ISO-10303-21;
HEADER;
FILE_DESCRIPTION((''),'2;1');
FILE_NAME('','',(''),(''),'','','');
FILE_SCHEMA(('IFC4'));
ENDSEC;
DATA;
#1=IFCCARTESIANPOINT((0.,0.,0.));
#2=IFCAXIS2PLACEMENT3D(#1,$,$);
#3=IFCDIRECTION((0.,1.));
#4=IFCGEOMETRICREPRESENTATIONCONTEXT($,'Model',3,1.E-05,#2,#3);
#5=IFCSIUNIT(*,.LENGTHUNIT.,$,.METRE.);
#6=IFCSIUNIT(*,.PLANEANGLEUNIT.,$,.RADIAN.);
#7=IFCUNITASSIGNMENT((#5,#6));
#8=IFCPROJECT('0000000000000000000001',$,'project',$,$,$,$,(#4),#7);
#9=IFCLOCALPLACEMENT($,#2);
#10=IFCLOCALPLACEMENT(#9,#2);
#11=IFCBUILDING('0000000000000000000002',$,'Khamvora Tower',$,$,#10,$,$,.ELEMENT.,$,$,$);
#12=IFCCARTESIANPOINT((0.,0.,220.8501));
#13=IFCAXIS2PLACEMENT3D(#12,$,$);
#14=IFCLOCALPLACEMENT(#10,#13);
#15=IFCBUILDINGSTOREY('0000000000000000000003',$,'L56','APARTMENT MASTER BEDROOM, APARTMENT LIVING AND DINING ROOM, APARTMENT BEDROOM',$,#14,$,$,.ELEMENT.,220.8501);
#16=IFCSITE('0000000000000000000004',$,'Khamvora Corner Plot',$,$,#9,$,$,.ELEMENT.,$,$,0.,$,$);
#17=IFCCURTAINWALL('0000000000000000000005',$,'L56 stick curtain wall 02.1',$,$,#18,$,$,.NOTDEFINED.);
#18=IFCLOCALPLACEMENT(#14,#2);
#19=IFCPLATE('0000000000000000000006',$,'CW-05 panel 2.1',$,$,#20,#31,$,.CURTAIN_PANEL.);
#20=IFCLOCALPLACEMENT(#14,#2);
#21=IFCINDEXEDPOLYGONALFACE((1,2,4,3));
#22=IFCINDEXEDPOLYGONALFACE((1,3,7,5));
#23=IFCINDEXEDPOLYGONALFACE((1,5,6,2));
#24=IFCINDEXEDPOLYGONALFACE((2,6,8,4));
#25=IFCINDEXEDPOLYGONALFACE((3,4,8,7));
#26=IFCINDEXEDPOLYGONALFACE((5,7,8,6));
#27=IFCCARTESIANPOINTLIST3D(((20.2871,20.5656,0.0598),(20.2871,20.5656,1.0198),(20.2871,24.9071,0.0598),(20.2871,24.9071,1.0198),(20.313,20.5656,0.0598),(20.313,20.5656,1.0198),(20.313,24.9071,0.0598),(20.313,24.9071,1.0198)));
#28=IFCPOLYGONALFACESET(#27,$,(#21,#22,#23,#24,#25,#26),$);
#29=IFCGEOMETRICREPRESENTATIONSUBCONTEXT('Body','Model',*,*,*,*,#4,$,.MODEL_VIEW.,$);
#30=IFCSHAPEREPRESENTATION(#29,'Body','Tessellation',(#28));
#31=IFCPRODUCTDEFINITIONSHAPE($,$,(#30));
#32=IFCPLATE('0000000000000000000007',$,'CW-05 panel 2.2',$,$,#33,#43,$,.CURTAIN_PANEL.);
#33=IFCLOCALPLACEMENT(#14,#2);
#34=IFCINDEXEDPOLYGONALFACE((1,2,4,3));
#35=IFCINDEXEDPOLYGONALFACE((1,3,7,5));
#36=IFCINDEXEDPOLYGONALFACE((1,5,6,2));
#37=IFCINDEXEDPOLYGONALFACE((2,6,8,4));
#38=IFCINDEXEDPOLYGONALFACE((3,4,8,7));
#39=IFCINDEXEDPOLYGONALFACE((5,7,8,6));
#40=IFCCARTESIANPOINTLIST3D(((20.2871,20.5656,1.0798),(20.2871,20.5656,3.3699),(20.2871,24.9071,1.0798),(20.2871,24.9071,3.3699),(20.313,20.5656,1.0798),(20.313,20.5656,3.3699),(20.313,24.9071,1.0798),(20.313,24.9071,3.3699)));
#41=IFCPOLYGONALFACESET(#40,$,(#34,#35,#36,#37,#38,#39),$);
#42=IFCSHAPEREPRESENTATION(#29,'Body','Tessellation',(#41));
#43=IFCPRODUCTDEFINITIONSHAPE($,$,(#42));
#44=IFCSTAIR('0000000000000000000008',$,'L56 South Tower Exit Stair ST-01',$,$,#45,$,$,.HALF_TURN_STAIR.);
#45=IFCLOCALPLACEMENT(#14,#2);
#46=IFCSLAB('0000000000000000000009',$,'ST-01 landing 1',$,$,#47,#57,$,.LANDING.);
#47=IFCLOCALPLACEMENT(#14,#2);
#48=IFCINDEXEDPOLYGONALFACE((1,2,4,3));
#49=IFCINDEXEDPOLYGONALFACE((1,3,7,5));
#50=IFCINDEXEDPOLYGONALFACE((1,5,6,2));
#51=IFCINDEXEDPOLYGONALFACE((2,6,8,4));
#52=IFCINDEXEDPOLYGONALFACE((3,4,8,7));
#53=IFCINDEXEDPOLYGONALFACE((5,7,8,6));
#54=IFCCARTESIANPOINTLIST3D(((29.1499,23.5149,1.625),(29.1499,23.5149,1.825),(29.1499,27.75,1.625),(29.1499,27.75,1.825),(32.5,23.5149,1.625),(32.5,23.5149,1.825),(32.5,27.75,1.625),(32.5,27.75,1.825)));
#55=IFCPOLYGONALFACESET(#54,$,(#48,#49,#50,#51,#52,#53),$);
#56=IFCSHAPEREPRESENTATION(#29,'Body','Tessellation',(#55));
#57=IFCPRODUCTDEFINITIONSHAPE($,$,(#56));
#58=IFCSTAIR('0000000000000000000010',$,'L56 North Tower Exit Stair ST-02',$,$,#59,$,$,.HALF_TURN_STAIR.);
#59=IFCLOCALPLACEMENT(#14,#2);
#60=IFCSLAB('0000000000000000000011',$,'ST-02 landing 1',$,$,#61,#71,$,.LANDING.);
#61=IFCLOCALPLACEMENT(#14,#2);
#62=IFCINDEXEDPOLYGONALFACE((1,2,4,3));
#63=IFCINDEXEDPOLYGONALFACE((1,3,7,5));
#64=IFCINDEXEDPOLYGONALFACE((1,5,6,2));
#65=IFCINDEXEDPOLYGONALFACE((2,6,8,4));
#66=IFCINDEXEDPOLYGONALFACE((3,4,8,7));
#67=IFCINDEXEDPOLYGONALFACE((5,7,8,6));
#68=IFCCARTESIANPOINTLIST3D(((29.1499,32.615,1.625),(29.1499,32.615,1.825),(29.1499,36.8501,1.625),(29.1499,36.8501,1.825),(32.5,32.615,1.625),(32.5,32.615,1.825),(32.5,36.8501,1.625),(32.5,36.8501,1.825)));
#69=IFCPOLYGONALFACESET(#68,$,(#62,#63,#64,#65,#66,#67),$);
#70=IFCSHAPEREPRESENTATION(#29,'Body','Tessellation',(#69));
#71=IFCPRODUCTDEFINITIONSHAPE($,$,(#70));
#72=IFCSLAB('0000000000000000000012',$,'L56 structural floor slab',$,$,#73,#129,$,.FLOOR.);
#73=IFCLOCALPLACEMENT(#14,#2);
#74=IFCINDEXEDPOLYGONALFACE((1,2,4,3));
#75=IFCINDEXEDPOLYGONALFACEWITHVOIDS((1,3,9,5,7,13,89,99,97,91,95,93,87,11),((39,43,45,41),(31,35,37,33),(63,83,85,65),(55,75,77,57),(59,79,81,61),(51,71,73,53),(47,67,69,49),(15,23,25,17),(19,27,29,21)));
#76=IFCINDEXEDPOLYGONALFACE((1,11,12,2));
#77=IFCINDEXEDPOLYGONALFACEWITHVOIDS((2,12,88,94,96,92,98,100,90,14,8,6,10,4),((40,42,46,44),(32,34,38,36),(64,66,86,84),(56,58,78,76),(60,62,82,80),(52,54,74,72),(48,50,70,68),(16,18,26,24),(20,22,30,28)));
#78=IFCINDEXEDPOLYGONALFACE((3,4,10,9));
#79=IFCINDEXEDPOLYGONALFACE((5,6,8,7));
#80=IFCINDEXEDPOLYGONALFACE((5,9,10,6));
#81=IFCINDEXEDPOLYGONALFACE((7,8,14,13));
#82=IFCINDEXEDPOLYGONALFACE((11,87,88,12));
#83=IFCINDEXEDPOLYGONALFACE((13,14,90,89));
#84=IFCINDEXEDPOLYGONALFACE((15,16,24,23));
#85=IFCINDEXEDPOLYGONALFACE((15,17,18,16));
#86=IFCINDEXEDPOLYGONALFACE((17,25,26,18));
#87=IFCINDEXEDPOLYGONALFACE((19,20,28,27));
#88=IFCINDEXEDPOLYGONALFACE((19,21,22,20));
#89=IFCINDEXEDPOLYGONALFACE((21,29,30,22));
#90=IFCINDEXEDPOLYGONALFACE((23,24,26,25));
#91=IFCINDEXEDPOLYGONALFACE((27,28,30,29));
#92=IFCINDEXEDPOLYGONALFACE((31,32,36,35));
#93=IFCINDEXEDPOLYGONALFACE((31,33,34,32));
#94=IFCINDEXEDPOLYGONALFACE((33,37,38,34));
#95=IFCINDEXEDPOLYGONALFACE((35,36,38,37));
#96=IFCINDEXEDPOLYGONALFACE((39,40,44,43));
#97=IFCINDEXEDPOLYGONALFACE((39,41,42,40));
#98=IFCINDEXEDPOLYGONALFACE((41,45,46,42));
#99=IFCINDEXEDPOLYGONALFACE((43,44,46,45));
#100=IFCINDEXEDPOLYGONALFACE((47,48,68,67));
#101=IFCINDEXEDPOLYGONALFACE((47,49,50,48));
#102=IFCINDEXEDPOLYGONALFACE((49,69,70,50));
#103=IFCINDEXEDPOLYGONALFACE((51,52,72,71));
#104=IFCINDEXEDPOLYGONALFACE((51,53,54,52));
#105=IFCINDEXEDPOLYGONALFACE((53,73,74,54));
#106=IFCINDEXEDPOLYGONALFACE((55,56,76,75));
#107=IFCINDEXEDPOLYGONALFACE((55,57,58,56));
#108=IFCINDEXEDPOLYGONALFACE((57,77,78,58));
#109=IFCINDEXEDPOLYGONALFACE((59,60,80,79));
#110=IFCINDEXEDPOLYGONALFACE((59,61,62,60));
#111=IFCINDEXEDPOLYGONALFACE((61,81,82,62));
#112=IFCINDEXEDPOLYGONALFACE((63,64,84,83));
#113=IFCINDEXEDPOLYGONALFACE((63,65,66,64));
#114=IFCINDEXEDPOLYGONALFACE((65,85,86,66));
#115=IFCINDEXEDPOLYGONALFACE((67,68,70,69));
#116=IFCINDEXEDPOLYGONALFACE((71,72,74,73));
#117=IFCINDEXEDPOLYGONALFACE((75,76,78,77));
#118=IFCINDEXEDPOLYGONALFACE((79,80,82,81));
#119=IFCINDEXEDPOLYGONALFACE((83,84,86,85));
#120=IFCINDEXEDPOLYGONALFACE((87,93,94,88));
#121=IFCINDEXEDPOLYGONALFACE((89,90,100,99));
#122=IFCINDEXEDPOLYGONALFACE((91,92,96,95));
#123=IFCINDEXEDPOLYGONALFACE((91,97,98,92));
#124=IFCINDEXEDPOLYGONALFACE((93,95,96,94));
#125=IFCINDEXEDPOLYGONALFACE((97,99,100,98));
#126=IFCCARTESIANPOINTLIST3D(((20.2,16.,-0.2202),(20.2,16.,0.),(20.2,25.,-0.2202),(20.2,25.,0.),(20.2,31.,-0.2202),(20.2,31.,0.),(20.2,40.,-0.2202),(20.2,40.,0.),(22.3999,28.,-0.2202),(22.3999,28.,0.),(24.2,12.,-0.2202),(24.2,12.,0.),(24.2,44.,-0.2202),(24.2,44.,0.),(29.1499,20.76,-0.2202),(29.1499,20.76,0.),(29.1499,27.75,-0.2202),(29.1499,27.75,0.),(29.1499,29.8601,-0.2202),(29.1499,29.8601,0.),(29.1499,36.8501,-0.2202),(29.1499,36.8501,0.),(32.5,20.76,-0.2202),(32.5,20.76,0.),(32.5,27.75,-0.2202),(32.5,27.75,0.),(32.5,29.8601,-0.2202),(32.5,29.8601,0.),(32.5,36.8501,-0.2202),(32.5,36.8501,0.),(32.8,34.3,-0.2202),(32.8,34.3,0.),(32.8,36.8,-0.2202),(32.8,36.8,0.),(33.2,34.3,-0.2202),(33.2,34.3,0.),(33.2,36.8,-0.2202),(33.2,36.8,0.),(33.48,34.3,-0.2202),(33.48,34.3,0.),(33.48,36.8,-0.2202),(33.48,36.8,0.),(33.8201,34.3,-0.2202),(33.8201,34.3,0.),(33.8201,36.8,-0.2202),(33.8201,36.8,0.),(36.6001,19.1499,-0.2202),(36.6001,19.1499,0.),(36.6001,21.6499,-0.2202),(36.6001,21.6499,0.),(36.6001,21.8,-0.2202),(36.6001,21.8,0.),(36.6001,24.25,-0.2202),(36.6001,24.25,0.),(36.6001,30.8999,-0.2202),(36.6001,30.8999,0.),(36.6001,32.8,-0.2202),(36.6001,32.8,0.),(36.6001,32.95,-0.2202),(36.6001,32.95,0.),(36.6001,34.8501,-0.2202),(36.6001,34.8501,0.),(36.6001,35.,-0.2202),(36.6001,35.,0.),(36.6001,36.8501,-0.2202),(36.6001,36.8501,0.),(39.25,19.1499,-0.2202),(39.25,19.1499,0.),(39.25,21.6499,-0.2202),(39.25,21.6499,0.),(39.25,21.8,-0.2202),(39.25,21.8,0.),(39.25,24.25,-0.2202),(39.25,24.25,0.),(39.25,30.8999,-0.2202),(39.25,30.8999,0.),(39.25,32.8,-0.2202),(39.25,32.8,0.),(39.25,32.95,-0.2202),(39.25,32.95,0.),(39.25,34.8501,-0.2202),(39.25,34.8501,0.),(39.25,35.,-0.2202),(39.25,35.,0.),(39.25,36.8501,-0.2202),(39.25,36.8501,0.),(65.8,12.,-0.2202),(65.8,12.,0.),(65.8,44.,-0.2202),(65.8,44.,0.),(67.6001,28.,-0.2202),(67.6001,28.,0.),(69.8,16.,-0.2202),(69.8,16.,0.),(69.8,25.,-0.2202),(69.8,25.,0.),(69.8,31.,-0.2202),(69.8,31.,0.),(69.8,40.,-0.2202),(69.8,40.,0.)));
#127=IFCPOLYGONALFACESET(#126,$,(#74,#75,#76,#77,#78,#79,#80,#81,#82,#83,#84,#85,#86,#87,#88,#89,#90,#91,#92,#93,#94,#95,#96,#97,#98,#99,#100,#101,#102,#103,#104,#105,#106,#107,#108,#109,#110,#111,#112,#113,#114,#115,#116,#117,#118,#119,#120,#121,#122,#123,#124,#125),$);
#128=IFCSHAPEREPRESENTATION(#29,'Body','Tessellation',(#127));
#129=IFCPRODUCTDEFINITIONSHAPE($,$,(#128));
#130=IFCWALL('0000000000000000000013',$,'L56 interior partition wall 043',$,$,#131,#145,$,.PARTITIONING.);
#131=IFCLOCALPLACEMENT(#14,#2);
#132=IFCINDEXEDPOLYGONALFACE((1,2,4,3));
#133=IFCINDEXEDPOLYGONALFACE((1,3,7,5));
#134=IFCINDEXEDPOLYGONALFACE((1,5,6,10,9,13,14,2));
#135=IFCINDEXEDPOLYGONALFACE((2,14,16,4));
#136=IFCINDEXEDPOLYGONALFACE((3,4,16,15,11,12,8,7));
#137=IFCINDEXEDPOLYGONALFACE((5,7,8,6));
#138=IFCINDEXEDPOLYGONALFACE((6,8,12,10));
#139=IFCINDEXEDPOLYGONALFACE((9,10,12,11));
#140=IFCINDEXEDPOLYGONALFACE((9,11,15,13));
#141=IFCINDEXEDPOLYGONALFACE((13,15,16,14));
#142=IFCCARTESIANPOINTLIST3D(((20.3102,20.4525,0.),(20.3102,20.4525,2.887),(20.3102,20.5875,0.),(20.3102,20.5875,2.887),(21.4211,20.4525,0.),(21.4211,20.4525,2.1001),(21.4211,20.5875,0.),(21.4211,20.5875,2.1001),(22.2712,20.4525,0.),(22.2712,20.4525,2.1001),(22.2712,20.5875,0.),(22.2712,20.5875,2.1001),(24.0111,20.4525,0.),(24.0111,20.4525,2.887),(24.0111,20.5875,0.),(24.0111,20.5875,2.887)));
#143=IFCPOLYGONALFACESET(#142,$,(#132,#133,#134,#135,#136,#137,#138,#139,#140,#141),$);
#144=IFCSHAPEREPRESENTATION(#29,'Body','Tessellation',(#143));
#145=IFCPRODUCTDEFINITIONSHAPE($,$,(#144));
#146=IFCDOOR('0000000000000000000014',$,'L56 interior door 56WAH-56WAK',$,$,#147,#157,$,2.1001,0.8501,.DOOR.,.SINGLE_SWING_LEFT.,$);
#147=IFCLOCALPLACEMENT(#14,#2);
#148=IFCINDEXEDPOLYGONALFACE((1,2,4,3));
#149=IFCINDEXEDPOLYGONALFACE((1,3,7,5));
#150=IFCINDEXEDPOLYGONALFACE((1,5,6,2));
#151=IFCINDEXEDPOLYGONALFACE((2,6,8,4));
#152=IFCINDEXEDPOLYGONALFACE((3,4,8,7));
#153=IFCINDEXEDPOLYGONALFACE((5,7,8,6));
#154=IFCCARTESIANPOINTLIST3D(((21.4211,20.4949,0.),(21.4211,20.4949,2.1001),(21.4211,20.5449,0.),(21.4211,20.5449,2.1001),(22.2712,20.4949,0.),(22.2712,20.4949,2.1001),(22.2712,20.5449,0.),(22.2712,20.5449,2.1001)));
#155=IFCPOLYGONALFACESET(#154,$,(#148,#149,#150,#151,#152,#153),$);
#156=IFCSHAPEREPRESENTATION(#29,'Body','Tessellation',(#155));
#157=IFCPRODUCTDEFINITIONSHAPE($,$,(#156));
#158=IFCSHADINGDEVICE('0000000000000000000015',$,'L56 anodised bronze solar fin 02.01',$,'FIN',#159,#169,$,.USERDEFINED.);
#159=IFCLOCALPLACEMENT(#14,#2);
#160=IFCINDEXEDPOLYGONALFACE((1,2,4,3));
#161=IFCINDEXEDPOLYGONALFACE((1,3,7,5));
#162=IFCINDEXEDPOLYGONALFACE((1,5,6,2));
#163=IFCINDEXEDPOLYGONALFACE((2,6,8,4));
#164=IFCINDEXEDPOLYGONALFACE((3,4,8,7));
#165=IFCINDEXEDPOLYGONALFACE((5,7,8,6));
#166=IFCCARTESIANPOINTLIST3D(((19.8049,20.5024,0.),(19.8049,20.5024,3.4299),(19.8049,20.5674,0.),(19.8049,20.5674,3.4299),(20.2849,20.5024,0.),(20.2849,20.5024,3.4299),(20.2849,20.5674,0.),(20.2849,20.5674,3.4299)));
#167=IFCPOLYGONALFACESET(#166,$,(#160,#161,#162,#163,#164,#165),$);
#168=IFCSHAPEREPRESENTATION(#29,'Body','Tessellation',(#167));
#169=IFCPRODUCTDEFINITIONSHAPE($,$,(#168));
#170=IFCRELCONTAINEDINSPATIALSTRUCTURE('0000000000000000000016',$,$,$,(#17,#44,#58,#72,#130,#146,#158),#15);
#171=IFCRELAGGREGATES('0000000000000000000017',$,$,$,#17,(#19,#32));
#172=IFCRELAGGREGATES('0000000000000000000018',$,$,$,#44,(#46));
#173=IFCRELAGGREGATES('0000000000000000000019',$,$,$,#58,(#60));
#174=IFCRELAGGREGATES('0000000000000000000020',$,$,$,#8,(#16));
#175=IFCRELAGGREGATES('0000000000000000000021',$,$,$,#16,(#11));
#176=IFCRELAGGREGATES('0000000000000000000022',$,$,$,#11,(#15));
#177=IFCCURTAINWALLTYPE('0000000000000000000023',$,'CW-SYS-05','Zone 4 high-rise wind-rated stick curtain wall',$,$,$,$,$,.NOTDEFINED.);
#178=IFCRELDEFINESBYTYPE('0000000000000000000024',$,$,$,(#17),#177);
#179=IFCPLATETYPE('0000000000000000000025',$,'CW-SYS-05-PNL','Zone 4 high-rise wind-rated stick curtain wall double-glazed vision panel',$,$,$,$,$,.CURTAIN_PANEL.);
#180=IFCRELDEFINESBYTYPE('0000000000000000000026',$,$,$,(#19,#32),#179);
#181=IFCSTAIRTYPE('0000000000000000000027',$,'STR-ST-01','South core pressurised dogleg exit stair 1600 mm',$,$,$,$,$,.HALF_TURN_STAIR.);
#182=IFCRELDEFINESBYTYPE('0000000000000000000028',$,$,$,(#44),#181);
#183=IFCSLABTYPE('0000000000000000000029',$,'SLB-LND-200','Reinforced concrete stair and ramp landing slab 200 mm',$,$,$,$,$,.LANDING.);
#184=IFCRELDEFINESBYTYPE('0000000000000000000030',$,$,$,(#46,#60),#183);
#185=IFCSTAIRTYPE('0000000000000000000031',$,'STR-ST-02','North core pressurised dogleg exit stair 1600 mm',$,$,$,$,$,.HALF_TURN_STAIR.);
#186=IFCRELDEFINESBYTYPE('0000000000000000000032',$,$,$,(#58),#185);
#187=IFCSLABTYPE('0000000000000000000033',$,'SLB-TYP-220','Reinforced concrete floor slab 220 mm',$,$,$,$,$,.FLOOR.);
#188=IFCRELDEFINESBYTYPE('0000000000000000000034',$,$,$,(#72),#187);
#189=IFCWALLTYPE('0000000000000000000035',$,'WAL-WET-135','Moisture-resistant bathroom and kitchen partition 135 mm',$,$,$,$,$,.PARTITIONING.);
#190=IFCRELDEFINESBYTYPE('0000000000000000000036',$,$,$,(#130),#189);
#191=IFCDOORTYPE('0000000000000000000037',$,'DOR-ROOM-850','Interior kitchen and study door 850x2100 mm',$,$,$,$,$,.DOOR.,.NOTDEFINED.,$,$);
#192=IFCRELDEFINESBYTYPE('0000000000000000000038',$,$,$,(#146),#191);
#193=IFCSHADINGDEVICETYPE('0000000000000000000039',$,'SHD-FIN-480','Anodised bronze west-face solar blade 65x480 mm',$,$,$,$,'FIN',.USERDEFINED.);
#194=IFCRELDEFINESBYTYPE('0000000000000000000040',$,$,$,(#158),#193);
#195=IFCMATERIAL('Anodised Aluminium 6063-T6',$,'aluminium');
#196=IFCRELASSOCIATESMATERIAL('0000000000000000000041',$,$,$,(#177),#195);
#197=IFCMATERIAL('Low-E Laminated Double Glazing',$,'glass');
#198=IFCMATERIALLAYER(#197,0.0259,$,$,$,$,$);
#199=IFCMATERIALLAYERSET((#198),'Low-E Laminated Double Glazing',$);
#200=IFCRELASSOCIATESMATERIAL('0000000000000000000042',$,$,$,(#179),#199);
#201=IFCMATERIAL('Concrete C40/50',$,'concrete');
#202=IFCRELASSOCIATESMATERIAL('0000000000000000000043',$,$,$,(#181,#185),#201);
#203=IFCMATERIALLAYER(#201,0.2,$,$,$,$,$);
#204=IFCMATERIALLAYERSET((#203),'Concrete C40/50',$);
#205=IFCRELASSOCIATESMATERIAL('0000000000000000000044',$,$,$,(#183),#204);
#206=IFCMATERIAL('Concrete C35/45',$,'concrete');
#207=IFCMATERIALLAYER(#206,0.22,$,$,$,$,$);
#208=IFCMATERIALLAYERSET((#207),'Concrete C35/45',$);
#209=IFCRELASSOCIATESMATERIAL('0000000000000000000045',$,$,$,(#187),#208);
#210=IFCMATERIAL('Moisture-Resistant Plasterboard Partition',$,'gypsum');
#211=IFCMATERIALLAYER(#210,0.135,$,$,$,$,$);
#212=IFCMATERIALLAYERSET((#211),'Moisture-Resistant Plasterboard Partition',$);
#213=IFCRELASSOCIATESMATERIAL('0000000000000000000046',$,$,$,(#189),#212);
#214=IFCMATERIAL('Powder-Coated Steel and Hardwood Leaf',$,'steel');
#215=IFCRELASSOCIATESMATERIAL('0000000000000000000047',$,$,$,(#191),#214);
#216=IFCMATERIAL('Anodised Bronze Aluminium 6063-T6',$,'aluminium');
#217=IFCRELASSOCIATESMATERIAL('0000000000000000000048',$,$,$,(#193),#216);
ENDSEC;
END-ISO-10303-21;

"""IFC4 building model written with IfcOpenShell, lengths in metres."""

from ifc_helpers import new_model, si_unit, direction, frame, frame_2d, origin, origin_2d, place, context, subcontext, project, spatial, polyline, rectangle, outline, extrude, material, layer, layer_set, type_object, element, fill, aggregate, save


model = new_model("IFC4")

# Units and contexts
model_context = context("Model", 3, precision=1e-05, world=origin(), true_north=direction((0.0, 1.0)))
body_context = subcontext(model_context, "Body", "Model", "MODEL_VIEW")
ifc_project = project(units=[si_unit("LENGTHUNIT", "METRE"), si_unit("PLANEANGLEUNIT", "RADIAN")], contexts=[model_context])

# Site, building, storey
site_placement = place(None, origin())
site = spatial("IfcSite", under=ifc_project, at=site_placement, Name="Khamvora Corner Plot", CompositionType="ELEMENT", RefElevation=0.0)
building_placement = place(site_placement, origin())
building = spatial("IfcBuilding", under=site, at=building_placement, Name="Khamvora Tower", CompositionType="ELEMENT")
storey_placement = place(building_placement, frame((0.0, 0.0, 220.8501)))
storey = spatial("IfcBuildingStorey", under=building, at=storey_placement, Name="L56", Description="APARTMENT MASTER BEDROOM, APARTMENT LIVING AND DINING ROOM, APARTMENT BEDROOM", CompositionType="ELEMENT", Elevation=220.8501)

# Curtain wall, plates
ifc_material_1 = material(Name="Anodised Aluminium 6063-T6", Category="aluminium")
curtain_wall_type = type_object("IfcCurtainWallType", Name="CW-SYS-05", Description="Zone 4 high-rise wind-rated stick curtain wall", PredefinedType="NOTDEFINED", material=ifc_material_1)
curtain_wall_placement = place(storey_placement, origin())
curtain_wall = element("IfcCurtainWall", 1, at=curtain_wall_placement, inside=storey, type_object=curtain_wall_type, Name="L56 stick curtain wall 02.1", PredefinedType="NOTDEFINED")
ifc_material_2 = material(Name="Low-E Laminated Double Glazing", Category="glass")
ifc_layer_1 = layer(ifc_material_2, 0.0259)
ifc_layer_set_1 = layer_set([ifc_layer_1], Name="Low-E Laminated Double Glazing")
plate_type = type_object("IfcPlateType", Name="CW-SYS-05-PNL", Description="Zone 4 high-rise wind-rated stick curtain wall double-glazed vision panel", PredefinedType="CURTAIN_PANEL", material=ifc_layer_set_1)
plate_1_placement = place(storey_placement, frame((20.3, 22.7363, 0.0598), z_axis=(0.0, 0.0, 1.0), x_axis=(0.0, 1.0, 0.0)))
plate_1 = element("IfcPlate", 2, at=plate_1_placement, type_object=plate_type, Name="CW-05 panel 2.1", PredefinedType="CURTAIN_PANEL", context=body_context, shape_type="SweptSolid", body=[
    extrude(rectangle(XDim=4.3416, YDim=0.0259, at=origin_2d()), origin(), (0.0, 0.0, 1.0), 0.96),
])
plate_2_placement = place(storey_placement, frame((20.3, 22.7363, 1.0798), z_axis=(0.0, 0.0, 1.0), x_axis=(0.0, 1.0, 0.0)))
plate_2 = element("IfcPlate", 3, at=plate_2_placement, type_object=plate_type, Name="CW-05 panel 2.2", PredefinedType="CURTAIN_PANEL", context=body_context, shape_type="SweptSolid", body=[
    extrude(rectangle(XDim=4.3416, YDim=0.0259, at=origin_2d()), origin(), (0.0, 0.0, 1.0), 2.29),
])
aggregate(curtain_wall, [plate_1, plate_2])

# Stairs, slabs
ifc_material_3 = material(Name="Concrete C40/50", Category="concrete")
stair_type_1 = type_object("IfcStairType", Name="STR-ST-01", Description="South core pressurised dogleg exit stair 1600 mm", PredefinedType="HALF_TURN_STAIR", material=ifc_material_3)
stair_1_placement = place(storey_placement, origin())
stair_1 = element("IfcStair", 4, at=stair_1_placement, inside=storey, type_object=stair_type_1, Name="L56 South Tower Exit Stair ST-01", PredefinedType="HALF_TURN_STAIR")
ifc_layer_2 = layer(ifc_material_3, 0.2)
ifc_layer_set_2 = layer_set([ifc_layer_2], Name="Concrete C40/50")
slab_type_1 = type_object("IfcSlabType", Name="SLB-LND-200", Description="Reinforced concrete stair and ramp landing slab 200 mm", PredefinedType="LANDING", material=ifc_layer_set_2)
slab_1_placement = place(storey_placement, frame((0.0, 0.0, 1.625)))
slab_1 = element("IfcSlab", 5, at=slab_1_placement, type_object=slab_type_1, Name="ST-01 landing 1", PredefinedType="LANDING", context=body_context, shape_type="SweptSolid", body=[
    extrude(outline(polyline([(32.5, 23.5149), (32.5, 27.75), (29.1499, 27.75), (29.1499, 23.5149), (32.5, 23.5149)])), origin(), (0.0, 0.0, 1.0), 0.2),
])
aggregate(stair_1, [slab_1])
stair_type_2 = type_object("IfcStairType", Name="STR-ST-02", Description="North core pressurised dogleg exit stair 1600 mm", PredefinedType="HALF_TURN_STAIR", material=ifc_material_3)
stair_2_placement = place(storey_placement, origin())
stair_2 = element("IfcStair", 6, at=stair_2_placement, inside=storey, type_object=stair_type_2, Name="L56 North Tower Exit Stair ST-02", PredefinedType="HALF_TURN_STAIR")
slab_2_placement = place(storey_placement, frame((0.0, 0.0, 1.625)))
slab_2 = element("IfcSlab", 7, at=slab_2_placement, type_object=slab_type_1, Name="ST-02 landing 1", PredefinedType="LANDING", context=body_context, shape_type="SweptSolid", body=[
    extrude(outline(polyline([(32.5, 32.615), (32.5, 36.8501), (29.1499, 36.8501), (29.1499, 32.615), (32.5, 32.615)])), origin(), (0.0, 0.0, 1.0), 0.2),
])
aggregate(stair_2, [slab_2])

# Slab
ifc_material_4 = material(Name="Concrete C35/45", Category="concrete")
ifc_layer_3 = layer(ifc_material_4, 0.22)
ifc_layer_set_3 = layer_set([ifc_layer_3], Name="Concrete C35/45")
slab_type_2 = type_object("IfcSlabType", Name="SLB-TYP-220", Description="Reinforced concrete floor slab 220 mm", PredefinedType="FLOOR", material=ifc_layer_set_3)
slab_3_placement = place(storey_placement, frame((0.0, 0.0, -0.2202)))
element("IfcSlab", 8, at=slab_3_placement, inside=storey, type_object=slab_type_2, Name="L56 structural floor slab", PredefinedType="FLOOR", context=body_context, shape_type="SweptSolid", body=[
    extrude(outline(polyline([(24.2, 12.0), (65.8, 12.0), (69.8, 16.0), (69.8, 25.0), (67.6001, 28.0), (69.8, 31.0), (69.8, 40.0), (65.8, 44.0), (24.2, 44.0), (20.2, 40.0), (20.2, 31.0), (22.3999, 28.0), (20.2, 25.0), (20.2, 16.0), (24.2, 12.0)]), holes=[polyline([(32.5, 20.76), (32.5, 27.75), (29.1499, 27.75), (29.1499, 20.76), (32.5, 20.76)]), polyline([(32.5, 29.8601), (32.5, 36.8501), (29.1499, 36.8501), (29.1499, 29.8601), (32.5, 29.8601)]), polyline([(36.6001, 19.1499), (39.25, 19.1499), (39.25, 21.6499), (36.6001, 21.6499), (36.6001, 19.1499)]), polyline([(36.6001, 21.8), (39.25, 21.8), (39.25, 24.25), (36.6001, 24.25), (36.6001, 21.8)]), polyline([(36.6001, 30.8999), (39.25, 30.8999), (39.25, 32.8), (36.6001, 32.8), (36.6001, 30.8999)]), polyline([(36.6001, 32.95), (39.25, 32.95), (39.25, 34.8501), (36.6001, 34.8501), (36.6001, 32.95)]), polyline([(36.6001, 35.0), (39.25, 35.0), (39.25, 36.8501), (36.6001, 36.8501), (36.6001, 35.0)]), polyline([(32.8, 34.3), (33.2, 34.3), (33.2, 36.8), (32.8, 36.8), (32.8, 34.3)]), polyline([(33.48, 34.3), (33.8201, 34.3), (33.8201, 36.8), (33.48, 36.8), (33.48, 34.3)])]), origin(), (0.0, 0.0, 1.0), 0.2202),
])

# Wall, opening, door
ifc_material_5 = material(Name="Moisture-Resistant Plasterboard Partition", Category="gypsum")
ifc_layer_4 = layer(ifc_material_5, 0.135)
ifc_layer_set_4 = layer_set([ifc_layer_4], Name="Moisture-Resistant Plasterboard Partition")
wall_type = type_object("IfcWallType", Name="WAL-WET-135", Description="Moisture-resistant bathroom and kitchen partition 135 mm", PredefinedType="PARTITIONING", material=ifc_layer_set_4)
wall_placement = place(storey_placement, frame((20.3101, 20.52, 0.0), z_axis=(0.0, 0.0, 1.0), x_axis=(1.0, 0.0, 0.0)))
wall = element("IfcWall", 9, at=wall_placement, inside=storey, type_object=wall_type, Name="L56 interior partition wall 043", PredefinedType="PARTITIONING", context=body_context, shape_type="SweptSolid", body=[
    extrude(rectangle(XDim=3.7009, YDim=0.135, at=frame_2d((1.8506, 0.0))), origin(), (0.0, 0.0, 1.0), 2.887),
])
opening_placement = place(wall_placement, frame((1.1111, 0.0, 0.0)))
opening = element("IfcOpeningElement", 10, at=opening_placement, cuts=wall, PredefinedType="OPENING", context=body_context, shape_type="SweptSolid", body=[
    extrude(rectangle(XDim=0.8501, YDim=2.1001, at=frame_2d((0.425, 1.05))), frame((0.0, 0.0774, 0.0), z_axis=(0.0, -1.0, 0.0), x_axis=(1.0, 0.0, 0.0)), (0.0, 0.0, 1.0), 0.155),
])
ifc_material_6 = material(Name="Powder-Coated Steel and Hardwood Leaf", Category="steel")
door_type = type_object("IfcDoorType", Name="DOR-ROOM-850", Description="Interior kitchen and study door 850x2100 mm", OperationType="NOTDEFINED", PredefinedType="DOOR", material=ifc_material_6)
door_placement = place(opening_placement, origin())
door = element("IfcDoor", 11, at=door_placement, inside=storey, type_object=door_type, Name="L56 interior door 56WAH-56WAK", OperationType="SINGLE_SWING_LEFT", OverallHeight=2.1001, OverallWidth=0.8501, PredefinedType="DOOR", context=body_context, shape_type="SweptSolid", body=[
    extrude(rectangle(XDim=0.8501, YDim=2.1001, at=frame_2d((0.425, 1.05))), frame((0.0, 0.0249, 0.0), z_axis=(0.0, -1.0, 0.0), x_axis=(1.0, 0.0, 0.0)), (0.0, 0.0, 1.0), 0.05),
])
fill(opening, door)

# Shading device
ifc_material_7 = material(Name="Anodised Bronze Aluminium 6063-T6", Category="aluminium")
shading_device_type = type_object("IfcShadingDeviceType", Name="SHD-FIN-480", Description="Anodised bronze west-face solar blade 65x480 mm", ElementType="FIN", PredefinedType="USERDEFINED", material=ifc_material_7)
shading_device_placement = place(storey_placement, frame((20.0449, 20.5349, 0.0), z_axis=(0.0, 0.0, 1.0), x_axis=(0.0, 1.0, 0.0)))
element("IfcShadingDevice", 12, at=shading_device_placement, inside=storey, type_object=shading_device_type, Name="L56 anodised bronze solar fin 02.01", ObjectType="FIN", PredefinedType="USERDEFINED", context=body_context, shape_type="SweptSolid", body=[
    extrude(rectangle(XDim=0.0649, YDim=0.48, at=origin_2d()), origin(), (0.0, 0.0, 1.0), 3.4299),
])

save(model, "model.ifc")
